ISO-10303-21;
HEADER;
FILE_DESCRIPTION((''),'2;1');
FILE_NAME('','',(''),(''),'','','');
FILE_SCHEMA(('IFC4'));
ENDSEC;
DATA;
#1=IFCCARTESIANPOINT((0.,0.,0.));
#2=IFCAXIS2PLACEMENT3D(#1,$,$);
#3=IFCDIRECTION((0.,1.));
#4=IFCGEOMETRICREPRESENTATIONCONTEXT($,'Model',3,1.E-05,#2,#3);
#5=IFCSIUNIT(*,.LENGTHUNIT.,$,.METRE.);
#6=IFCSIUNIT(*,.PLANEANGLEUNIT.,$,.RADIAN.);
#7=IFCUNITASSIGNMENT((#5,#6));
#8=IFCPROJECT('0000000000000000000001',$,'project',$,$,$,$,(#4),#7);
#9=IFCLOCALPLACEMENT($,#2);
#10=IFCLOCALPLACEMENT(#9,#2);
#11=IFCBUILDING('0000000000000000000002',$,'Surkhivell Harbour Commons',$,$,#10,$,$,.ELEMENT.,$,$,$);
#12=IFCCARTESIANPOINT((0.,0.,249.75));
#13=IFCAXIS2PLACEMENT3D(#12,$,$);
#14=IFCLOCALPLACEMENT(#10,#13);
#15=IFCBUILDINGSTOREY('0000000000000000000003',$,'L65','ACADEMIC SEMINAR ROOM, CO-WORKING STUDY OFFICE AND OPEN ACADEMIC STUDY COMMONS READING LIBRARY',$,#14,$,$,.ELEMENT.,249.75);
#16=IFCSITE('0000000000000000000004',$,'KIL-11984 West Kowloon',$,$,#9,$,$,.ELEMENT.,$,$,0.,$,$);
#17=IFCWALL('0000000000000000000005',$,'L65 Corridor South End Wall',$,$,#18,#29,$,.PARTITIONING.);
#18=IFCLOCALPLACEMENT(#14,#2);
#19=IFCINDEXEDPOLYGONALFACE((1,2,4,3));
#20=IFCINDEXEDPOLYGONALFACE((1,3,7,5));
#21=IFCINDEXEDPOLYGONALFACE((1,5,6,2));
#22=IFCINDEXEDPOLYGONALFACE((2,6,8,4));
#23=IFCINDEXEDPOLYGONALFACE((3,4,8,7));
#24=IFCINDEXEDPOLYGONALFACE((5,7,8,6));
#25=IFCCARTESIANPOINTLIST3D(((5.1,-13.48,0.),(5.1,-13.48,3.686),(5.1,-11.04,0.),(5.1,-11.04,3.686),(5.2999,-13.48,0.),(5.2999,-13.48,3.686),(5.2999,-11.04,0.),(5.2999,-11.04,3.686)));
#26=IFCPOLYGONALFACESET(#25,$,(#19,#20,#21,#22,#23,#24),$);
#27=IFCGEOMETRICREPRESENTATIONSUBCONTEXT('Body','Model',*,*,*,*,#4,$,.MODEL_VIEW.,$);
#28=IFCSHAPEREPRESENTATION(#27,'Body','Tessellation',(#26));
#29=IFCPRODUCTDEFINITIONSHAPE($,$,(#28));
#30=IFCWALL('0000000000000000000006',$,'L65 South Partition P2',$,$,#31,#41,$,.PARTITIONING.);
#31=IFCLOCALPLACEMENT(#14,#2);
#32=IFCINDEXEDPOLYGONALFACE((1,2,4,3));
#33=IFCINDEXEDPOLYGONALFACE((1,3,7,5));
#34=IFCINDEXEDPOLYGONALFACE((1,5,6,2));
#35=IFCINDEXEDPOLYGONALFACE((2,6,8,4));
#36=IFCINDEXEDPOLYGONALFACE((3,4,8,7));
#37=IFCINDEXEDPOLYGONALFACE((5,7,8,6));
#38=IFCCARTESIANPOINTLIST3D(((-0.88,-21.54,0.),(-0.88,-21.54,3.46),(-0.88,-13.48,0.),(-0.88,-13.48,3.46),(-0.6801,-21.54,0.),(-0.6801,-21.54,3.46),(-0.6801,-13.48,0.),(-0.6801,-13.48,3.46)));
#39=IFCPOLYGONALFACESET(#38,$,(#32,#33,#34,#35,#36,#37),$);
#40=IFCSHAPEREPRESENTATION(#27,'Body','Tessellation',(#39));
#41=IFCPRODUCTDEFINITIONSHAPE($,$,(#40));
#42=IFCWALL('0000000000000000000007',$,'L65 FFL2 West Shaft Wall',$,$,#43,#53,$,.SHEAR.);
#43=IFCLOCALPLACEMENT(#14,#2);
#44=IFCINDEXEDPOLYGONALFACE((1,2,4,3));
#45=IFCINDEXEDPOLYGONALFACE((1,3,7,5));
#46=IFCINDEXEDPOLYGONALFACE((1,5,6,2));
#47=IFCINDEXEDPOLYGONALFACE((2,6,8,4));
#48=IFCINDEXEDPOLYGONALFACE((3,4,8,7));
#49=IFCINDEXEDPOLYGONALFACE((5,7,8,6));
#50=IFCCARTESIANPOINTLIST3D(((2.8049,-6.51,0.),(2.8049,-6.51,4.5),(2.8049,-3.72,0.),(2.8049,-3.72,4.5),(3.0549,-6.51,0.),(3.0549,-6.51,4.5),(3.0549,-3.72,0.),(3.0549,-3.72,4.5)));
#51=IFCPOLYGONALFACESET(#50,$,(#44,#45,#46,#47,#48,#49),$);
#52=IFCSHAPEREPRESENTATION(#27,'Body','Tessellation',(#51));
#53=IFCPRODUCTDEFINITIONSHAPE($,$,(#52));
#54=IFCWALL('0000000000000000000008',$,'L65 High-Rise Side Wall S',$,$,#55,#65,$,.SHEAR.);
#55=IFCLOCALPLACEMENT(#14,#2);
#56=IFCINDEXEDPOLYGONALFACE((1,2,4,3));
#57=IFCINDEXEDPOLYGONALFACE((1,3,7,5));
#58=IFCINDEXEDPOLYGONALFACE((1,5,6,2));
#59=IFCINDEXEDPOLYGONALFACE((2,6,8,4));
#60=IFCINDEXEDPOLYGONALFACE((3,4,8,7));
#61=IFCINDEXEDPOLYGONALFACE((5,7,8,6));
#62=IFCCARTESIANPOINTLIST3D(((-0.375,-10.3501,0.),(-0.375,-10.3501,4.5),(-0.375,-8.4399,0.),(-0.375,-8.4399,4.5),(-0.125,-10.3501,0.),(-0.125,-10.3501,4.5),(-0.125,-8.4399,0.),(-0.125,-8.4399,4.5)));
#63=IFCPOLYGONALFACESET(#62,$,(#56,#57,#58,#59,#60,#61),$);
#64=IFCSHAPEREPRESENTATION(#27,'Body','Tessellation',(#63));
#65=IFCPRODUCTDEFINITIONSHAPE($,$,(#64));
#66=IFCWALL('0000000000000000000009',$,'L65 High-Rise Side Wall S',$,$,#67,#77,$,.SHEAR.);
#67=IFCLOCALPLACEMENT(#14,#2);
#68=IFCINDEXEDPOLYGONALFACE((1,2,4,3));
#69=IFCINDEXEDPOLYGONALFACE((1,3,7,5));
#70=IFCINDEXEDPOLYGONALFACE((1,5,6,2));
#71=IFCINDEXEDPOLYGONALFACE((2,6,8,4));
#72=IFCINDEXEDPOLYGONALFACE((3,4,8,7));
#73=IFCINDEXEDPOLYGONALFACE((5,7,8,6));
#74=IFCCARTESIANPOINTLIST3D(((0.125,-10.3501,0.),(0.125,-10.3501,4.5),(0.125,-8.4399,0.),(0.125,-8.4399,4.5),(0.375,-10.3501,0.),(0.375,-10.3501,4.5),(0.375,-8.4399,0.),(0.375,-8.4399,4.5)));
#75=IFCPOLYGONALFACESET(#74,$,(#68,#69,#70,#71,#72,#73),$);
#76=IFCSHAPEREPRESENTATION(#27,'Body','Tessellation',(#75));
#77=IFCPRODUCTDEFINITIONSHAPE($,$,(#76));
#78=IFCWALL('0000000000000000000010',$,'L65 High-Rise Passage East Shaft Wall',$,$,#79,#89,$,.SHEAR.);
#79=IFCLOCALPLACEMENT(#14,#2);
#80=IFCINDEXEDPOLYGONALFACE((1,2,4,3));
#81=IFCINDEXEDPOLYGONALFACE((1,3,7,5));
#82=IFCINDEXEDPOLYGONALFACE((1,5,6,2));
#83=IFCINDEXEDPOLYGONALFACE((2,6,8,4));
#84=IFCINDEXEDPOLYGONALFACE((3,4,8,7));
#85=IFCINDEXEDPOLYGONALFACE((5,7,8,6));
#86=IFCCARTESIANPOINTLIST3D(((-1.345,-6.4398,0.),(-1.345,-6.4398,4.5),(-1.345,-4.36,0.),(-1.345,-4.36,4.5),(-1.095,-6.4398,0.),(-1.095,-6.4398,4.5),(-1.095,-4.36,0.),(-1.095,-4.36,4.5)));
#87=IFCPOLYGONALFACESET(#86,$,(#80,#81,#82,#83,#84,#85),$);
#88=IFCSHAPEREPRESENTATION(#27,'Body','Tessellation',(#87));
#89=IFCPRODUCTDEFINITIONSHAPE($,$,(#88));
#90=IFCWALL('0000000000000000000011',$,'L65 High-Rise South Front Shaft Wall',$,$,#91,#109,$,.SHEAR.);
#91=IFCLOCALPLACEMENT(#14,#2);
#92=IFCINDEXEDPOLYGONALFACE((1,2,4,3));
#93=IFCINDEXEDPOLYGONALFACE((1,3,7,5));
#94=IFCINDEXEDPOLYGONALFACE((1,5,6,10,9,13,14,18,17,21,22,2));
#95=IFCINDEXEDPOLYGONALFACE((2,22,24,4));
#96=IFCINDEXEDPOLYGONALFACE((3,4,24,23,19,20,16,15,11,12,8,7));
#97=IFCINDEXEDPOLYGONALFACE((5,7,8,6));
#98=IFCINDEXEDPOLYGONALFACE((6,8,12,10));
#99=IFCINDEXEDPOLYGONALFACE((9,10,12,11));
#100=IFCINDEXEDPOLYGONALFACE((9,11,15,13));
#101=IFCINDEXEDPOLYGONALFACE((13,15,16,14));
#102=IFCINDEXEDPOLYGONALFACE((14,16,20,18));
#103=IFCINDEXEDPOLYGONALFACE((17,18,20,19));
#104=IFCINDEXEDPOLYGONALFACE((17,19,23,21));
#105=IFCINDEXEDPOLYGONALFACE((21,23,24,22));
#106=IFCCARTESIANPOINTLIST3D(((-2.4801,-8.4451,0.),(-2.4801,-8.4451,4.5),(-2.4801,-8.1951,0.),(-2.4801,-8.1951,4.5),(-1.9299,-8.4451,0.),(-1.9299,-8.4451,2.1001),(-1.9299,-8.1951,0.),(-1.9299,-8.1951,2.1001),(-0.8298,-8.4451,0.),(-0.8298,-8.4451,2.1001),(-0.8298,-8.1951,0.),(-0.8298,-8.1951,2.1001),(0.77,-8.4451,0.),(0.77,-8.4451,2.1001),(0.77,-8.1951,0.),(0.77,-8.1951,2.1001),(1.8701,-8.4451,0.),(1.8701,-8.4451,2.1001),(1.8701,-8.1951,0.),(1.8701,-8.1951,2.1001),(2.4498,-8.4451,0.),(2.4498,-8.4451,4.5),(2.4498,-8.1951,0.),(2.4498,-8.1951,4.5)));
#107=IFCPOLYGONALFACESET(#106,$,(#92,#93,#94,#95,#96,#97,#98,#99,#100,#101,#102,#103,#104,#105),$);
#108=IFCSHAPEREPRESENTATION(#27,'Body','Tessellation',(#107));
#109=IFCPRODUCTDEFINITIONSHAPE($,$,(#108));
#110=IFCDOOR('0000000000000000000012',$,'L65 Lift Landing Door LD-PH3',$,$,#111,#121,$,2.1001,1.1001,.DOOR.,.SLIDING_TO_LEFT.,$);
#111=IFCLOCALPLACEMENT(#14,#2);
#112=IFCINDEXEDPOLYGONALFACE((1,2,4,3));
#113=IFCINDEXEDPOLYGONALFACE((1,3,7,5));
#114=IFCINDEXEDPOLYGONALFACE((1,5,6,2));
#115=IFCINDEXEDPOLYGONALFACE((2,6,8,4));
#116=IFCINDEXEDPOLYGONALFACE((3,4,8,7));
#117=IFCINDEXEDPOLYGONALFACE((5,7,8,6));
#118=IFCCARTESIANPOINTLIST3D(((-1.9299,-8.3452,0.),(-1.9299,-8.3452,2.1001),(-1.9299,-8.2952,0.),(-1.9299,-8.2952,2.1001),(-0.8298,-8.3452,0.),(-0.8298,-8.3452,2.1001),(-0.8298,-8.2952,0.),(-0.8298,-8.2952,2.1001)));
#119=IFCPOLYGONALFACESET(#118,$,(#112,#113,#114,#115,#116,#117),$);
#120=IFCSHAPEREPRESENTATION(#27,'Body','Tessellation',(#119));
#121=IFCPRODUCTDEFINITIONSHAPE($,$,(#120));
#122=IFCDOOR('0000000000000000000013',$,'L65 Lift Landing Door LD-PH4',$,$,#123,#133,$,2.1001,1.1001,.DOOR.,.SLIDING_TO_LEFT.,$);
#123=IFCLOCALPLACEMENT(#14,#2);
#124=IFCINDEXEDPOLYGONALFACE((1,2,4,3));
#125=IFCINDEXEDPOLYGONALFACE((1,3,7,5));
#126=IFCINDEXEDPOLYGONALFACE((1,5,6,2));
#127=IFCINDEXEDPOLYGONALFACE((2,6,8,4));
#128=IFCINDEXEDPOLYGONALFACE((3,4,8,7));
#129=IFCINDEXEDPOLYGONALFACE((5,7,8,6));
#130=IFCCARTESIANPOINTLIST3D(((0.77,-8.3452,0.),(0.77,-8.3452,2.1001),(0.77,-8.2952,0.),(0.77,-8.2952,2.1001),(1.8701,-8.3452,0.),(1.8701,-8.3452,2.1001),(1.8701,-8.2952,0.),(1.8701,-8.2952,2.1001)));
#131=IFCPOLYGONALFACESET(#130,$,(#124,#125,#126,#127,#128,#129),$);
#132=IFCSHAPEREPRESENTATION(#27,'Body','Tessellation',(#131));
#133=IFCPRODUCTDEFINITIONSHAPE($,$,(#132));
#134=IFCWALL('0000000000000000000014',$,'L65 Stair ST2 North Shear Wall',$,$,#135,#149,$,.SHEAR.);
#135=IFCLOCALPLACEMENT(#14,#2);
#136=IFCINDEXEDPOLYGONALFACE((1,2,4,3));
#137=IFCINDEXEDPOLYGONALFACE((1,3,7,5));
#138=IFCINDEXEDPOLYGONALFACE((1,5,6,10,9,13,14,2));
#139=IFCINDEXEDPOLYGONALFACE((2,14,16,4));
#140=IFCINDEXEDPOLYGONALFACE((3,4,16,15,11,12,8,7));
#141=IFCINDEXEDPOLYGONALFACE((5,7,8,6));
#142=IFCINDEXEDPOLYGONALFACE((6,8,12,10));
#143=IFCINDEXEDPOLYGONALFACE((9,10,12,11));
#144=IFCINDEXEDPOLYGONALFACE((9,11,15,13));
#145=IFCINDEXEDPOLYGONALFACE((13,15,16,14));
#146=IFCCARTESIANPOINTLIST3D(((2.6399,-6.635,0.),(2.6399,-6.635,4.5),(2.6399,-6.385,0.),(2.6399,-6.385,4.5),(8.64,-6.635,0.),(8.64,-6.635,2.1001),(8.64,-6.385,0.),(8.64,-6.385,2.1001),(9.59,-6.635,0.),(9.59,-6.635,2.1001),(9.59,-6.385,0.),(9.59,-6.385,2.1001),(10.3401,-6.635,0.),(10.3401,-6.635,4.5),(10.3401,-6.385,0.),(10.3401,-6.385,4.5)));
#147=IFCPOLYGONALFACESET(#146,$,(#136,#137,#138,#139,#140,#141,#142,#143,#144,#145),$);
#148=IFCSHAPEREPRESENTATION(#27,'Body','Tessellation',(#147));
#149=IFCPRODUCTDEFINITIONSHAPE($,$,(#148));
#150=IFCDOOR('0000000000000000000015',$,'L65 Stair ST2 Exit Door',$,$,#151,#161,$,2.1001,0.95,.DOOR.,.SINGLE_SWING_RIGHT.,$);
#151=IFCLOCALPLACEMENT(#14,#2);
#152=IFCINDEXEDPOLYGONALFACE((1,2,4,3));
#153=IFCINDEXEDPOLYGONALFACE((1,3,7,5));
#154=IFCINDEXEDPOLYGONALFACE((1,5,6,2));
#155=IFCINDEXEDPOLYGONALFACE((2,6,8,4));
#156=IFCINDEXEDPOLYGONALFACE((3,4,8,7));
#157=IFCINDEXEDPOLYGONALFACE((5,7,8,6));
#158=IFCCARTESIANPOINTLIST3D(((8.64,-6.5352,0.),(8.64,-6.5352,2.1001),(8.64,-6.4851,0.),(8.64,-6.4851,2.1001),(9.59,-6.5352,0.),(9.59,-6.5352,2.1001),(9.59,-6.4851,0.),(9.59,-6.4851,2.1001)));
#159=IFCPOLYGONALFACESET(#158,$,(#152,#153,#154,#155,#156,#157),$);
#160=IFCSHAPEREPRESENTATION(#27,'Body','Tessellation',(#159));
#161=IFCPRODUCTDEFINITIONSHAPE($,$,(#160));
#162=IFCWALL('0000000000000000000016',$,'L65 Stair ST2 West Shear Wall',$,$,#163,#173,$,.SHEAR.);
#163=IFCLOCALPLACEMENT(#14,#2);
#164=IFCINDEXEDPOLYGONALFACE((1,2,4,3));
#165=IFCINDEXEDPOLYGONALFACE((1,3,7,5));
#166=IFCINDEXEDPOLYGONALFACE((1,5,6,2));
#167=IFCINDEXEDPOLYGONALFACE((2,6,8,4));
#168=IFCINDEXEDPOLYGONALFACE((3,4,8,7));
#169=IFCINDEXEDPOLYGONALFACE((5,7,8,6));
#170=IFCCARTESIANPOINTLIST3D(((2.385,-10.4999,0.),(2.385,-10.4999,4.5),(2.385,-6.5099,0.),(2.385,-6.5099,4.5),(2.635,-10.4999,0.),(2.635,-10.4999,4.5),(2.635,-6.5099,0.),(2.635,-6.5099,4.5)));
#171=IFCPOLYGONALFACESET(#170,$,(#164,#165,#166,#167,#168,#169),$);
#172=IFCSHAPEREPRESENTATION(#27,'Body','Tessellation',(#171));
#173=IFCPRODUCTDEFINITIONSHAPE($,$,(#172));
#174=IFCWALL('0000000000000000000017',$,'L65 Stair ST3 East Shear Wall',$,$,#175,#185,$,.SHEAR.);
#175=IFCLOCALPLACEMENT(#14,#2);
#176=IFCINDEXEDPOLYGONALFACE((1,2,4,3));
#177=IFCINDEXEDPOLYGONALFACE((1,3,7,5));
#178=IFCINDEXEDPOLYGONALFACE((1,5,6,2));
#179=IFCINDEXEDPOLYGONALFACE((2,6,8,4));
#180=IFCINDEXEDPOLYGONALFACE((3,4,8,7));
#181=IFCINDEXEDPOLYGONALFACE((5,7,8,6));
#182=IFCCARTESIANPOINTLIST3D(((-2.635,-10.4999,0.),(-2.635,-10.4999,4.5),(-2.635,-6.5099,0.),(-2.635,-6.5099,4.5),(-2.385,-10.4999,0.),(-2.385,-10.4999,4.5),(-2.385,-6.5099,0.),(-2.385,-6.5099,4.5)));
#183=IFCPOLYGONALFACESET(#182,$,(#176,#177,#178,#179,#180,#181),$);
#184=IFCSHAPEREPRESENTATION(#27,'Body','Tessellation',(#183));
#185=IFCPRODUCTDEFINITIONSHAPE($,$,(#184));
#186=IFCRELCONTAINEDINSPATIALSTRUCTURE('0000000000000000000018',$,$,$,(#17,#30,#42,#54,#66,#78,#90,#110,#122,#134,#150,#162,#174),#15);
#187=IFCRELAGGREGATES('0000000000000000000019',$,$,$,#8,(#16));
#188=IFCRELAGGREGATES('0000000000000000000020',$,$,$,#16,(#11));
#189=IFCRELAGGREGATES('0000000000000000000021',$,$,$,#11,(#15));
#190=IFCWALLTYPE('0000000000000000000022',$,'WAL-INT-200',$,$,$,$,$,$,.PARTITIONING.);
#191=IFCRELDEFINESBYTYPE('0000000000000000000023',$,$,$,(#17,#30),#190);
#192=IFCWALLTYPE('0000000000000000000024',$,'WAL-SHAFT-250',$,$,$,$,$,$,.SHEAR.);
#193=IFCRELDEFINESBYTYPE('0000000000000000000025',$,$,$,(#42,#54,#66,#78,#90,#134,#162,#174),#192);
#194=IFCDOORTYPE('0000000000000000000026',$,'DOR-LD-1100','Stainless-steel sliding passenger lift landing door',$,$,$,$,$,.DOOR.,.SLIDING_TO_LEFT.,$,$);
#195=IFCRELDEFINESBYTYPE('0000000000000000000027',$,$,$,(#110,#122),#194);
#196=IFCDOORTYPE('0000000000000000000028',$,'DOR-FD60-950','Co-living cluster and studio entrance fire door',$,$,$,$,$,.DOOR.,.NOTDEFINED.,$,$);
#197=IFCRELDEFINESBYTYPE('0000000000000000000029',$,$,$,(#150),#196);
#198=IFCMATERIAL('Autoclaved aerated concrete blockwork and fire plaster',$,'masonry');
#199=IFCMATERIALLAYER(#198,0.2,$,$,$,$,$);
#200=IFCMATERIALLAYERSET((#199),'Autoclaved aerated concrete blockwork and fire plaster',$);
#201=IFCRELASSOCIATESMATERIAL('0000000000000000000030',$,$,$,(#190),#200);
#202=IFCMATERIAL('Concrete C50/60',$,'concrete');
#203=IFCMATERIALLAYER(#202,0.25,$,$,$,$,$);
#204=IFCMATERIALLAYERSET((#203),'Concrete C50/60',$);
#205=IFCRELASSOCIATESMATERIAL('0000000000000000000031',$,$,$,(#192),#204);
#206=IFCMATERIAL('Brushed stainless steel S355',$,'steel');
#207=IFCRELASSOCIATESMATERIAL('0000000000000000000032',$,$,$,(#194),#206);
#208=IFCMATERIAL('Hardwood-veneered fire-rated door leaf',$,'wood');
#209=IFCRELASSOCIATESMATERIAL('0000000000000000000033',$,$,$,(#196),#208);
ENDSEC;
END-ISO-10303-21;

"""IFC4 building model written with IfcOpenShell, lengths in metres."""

from ifc_helpers import new_model, si_unit, direction, frame, frame_2d, origin, place, context, subcontext, project, spatial, rectangle, extrude, material, layer, layer_set, type_object, element, fill, save


model = new_model("IFC4")

# Units and contexts
model_context = context("Model", 3, precision=1e-05, world=origin(), true_north=direction((0.0, 1.0)))
body_context = subcontext(model_context, "Body", "Model", "MODEL_VIEW")
ifc_project = project(units=[si_unit("LENGTHUNIT", "METRE"), si_unit("PLANEANGLEUNIT", "RADIAN")], contexts=[model_context])

# Site, building, storey
site_placement = place(None, origin())
site = spatial("IfcSite", under=ifc_project, at=site_placement, Name="KIL-11984 West Kowloon", CompositionType="ELEMENT", RefElevation=0.0)
building_placement = place(site_placement, origin())
building = spatial("IfcBuilding", under=site, at=building_placement, Name="Surkhivell Harbour Commons", CompositionType="ELEMENT")
storey_placement = place(building_placement, frame((0.0, 0.0, 249.75)))
storey = spatial("IfcBuildingStorey", under=building, at=storey_placement, Name="L65", Description="ACADEMIC SEMINAR ROOM, CO-WORKING STUDY OFFICE AND OPEN ACADEMIC STUDY COMMONS READING LIBRARY", CompositionType="ELEMENT", Elevation=249.75)

# Shared definitions
ifc_material_1 = material(Name="Concrete C50/60", Category="concrete")

# Walls
ifc_material_2 = material(Name="Autoclaved aerated concrete blockwork and fire plaster", Category="masonry")
ifc_layer_1 = layer(ifc_material_2, 0.2)
ifc_layer_set_1 = layer_set([ifc_layer_1], Name="Autoclaved aerated concrete blockwork and fire plaster")
wall_type_1 = type_object("IfcWallType", Name="WAL-INT-200", PredefinedType="PARTITIONING", material=ifc_layer_set_1)
wall_1_placement = place(storey_placement, frame((5.2, -13.48, 0.0), z_axis=(0.0, 0.0, 1.0), x_axis=(0.0, 1.0, 0.0)))
element("IfcWall", 1, at=wall_1_placement, inside=storey, type_object=wall_type_1, Name="L65 Corridor South End Wall", PredefinedType="PARTITIONING", context=body_context, shape_type="SweptSolid", body=[
    extrude(rectangle(XDim=2.4399, YDim=0.2, at=frame_2d((1.22, 0.0))), origin(), (0.0, 0.0, 1.0), 3.686),
])
wall_2_placement = place(storey_placement, frame((-0.78, -21.54, 0.0), z_axis=(0.0, 0.0, 1.0), x_axis=(0.0, 1.0, 0.0)))
element("IfcWall", 2, at=wall_2_placement, inside=storey, type_object=wall_type_1, Name="L65 South Partition P2", PredefinedType="PARTITIONING", context=body_context, shape_type="SweptSolid", body=[
    extrude(rectangle(XDim=8.0601, YDim=0.2, at=frame_2d((4.03, 0.0))), origin(), (0.0, 0.0, 1.0), 3.46),
])
ifc_layer_2 = layer(ifc_material_1, 0.25)
ifc_layer_set_2 = layer_set([ifc_layer_2], Name="Concrete C50/60")
wall_type_2 = type_object("IfcWallType", Name="WAL-SHAFT-250", PredefinedType="SHEAR", material=ifc_layer_set_2)
wall_3_placement = place(storey_placement, frame((2.9299, -6.51, 0.0), z_axis=(0.0, 0.0, 1.0), x_axis=(0.0, 1.0, 0.0)))
element("IfcWall", 3, at=wall_3_placement, inside=storey, type_object=wall_type_2, Name="L65 FFL2 West Shaft Wall", PredefinedType="SHEAR", context=body_context, shape_type="SweptSolid", body=[
    extrude(rectangle(XDim=2.79, YDim=0.25, at=frame_2d((1.395, 0.0))), origin(), (0.0, 0.0, 1.0), 4.5),
])
for number, where, z_axis, x_axis, name in (
    (4, (-0.25, -10.3501, 0.0), (0.0, 0.0, 1.0), (0.0, 1.0, 0.0), "L65 High-Rise Side Wall S"),
    (5, (0.25, -10.3501, 0.0), (0.0, 0.0, 1.0), (0.0, 1.0, 0.0), "L65 High-Rise Side Wall S"),
):
    element("IfcWall", number, at=place(storey_placement, frame(where, z_axis=z_axis, x_axis=x_axis)), inside=storey, type_object=wall_type_2, Name=name, PredefinedType="SHEAR", context=body_context, shape_type="SweptSolid", body=[
        extrude(rectangle(XDim=1.9102, YDim=0.25, at=frame_2d((0.9551, 0.0))), origin(), (0.0, 0.0, 1.0), 4.5),
    ])
wall_4_placement = place(storey_placement, frame((-1.22, -6.4399, 0.0), z_axis=(0.0, 0.0, 1.0), x_axis=(0.0, 1.0, 0.0)))
element("IfcWall", 6, at=wall_4_placement, inside=storey, type_object=wall_type_2, Name="L65 High-Rise Passage East Shaft Wall", PredefinedType="SHEAR", context=body_context, shape_type="SweptSolid", body=[
    extrude(rectangle(XDim=2.0798, YDim=0.25, at=frame_2d((1.04, 0.0))), origin(), (0.0, 0.0, 1.0), 4.5),
])

# Wall, openings, doors
wall_5_placement = place(storey_placement, frame((-2.48, -8.3201, 0.0), z_axis=(0.0, 0.0, 1.0), x_axis=(1.0, 0.0, 0.0)))
wall_5 = element("IfcWall", 7, at=wall_5_placement, inside=storey, type_object=wall_type_2, Name="L65 High-Rise South Front Shaft Wall", PredefinedType="SHEAR", context=body_context, shape_type="SweptSolid", body=[
    extrude(rectangle(XDim=4.9299, YDim=0.25, at=frame_2d((2.4648, 0.0))), origin(), (0.0, 0.0, 1.0), 4.5),
])
opening_1_placement = place(wall_5_placement, frame((0.55, 0.0, 0.0)))
opening_1 = element("IfcOpeningElement", 8, at=opening_1_placement, cuts=wall_5, PredefinedType="OPENING", context=body_context, shape_type="SweptSolid", body=[
    extrude(rectangle(XDim=1.1001, YDim=2.1001, at=frame_2d((0.55, 1.05))), frame((0.0, 0.135, 0.0), z_axis=(0.0, -1.0, 0.0), x_axis=(1.0, 0.0, 0.0)), (0.0, 0.0, 1.0), 0.27),
])
opening_2_placement = place(wall_5_placement, frame((3.25, 0.0, 0.0)))
opening_2 = element("IfcOpeningElement", 9, at=opening_2_placement, cuts=wall_5, PredefinedType="OPENING", context=body_context, shape_type="SweptSolid", body=[
    extrude(rectangle(XDim=1.1001, YDim=2.1001, at=frame_2d((0.55, 1.05))), frame((0.0, 0.135, 0.0), z_axis=(0.0, -1.0, 0.0), x_axis=(1.0, 0.0, 0.0)), (0.0, 0.0, 1.0), 0.27),
])
ifc_material_3 = material(Name="Brushed stainless steel S355", Category="steel")
door_type_1 = type_object("IfcDoorType", Name="DOR-LD-1100", Description="Stainless-steel sliding passenger lift landing door", OperationType="SLIDING_TO_LEFT", PredefinedType="DOOR", material=ifc_material_3)
door_1_placement = place(opening_1_placement, origin())
door_1 = element("IfcDoor", 10, at=door_1_placement, inside=storey, type_object=door_type_1, Name="L65 Lift Landing Door LD-PH3", OperationType="SLIDING_TO_LEFT", OverallHeight=2.1001, OverallWidth=1.1001, PredefinedType="DOOR", context=body_context, shape_type="SweptSolid", body=[
    extrude(rectangle(XDim=1.1001, YDim=2.1001, at=frame_2d((0.55, 1.05))), frame((0.0, 0.0249, 0.0), z_axis=(0.0, -1.0, 0.0), x_axis=(1.0, 0.0, 0.0)), (0.0, 0.0, 1.0), 0.05),
])
fill(opening_1, door_1)
door_2_placement = place(opening_2_placement, origin())
door_2 = element("IfcDoor", 11, at=door_2_placement, inside=storey, type_object=door_type_1, Name="L65 Lift Landing Door LD-PH4", OperationType="SLIDING_TO_LEFT", OverallHeight=2.1001, OverallWidth=1.1001, PredefinedType="DOOR", context=body_context, shape_type="SweptSolid", body=[
    extrude(rectangle(XDim=1.1001, YDim=2.1001, at=frame_2d((0.55, 1.05))), frame((0.0, 0.0249, 0.0), z_axis=(0.0, -1.0, 0.0), x_axis=(1.0, 0.0, 0.0)), (0.0, 0.0, 1.0), 0.05),
])
fill(opening_2, door_2)

# Wall, opening, door
wall_6_placement = place(storey_placement, frame((2.6399, -6.51, 0.0), z_axis=(0.0, 0.0, 1.0), x_axis=(1.0, 0.0, 0.0)))
wall_6 = element("IfcWall", 12, at=wall_6_placement, inside=storey, type_object=wall_type_2, Name="L65 Stair ST2 North Shear Wall", PredefinedType="SHEAR", context=body_context, shape_type="SweptSolid", body=[
    extrude(rectangle(XDim=7.7002, YDim=0.25, at=frame_2d((3.8501, 0.0))), origin(), (0.0, 0.0, 1.0), 4.5),
])
opening_3_placement = place(wall_6_placement, frame((6.0, 0.0, 0.0)))
opening_3 = element("IfcOpeningElement", 13, at=opening_3_placement, cuts=wall_6, PredefinedType="OPENING", context=body_context, shape_type="SweptSolid", body=[
    extrude(rectangle(XDim=0.95, YDim=2.1001, at=frame_2d((0.4751, 1.05))), frame((0.0, 0.135, 0.0), z_axis=(0.0, -1.0, 0.0), x_axis=(1.0, 0.0, 0.0)), (0.0, 0.0, 1.0), 0.27),
])
ifc_material_4 = material(Name="Hardwood-veneered fire-rated door leaf", Category="wood")
door_type_2 = type_object("IfcDoorType", Name="DOR-FD60-950", Description="Co-living cluster and studio entrance fire door", OperationType="NOTDEFINED", PredefinedType="DOOR", material=ifc_material_4)
door_3_placement = place(opening_3_placement, origin())
door_3 = element("IfcDoor", 14, at=door_3_placement, inside=storey, type_object=door_type_2, Name="L65 Stair ST2 Exit Door", OperationType="SINGLE_SWING_RIGHT", OverallHeight=2.1001, OverallWidth=0.95, PredefinedType="DOOR", context=body_context, shape_type="SweptSolid", body=[
    extrude(rectangle(XDim=0.95, YDim=2.1001, at=frame_2d((0.4751, 1.05))), frame((0.0, 0.0249, 0.0), z_axis=(0.0, -1.0, 0.0), x_axis=(1.0, 0.0, 0.0)), (0.0, 0.0, 1.0), 0.05),
])
fill(opening_3, door_3)

# Walls
for number, where, z_axis, x_axis, name in (
    (15, (2.51, -10.5, 0.0), (0.0, 0.0, 1.0), (0.0, 1.0, 0.0), "L65 Stair ST2 West Shear Wall"),
    (16, (-2.51, -10.5, 0.0), (0.0, 0.0, 1.0), (0.0, 1.0, 0.0), "L65 Stair ST3 East Shear Wall"),
):
    element("IfcWall", number, at=place(storey_placement, frame(where, z_axis=z_axis, x_axis=x_axis)), inside=storey, type_object=wall_type_2, Name=name, PredefinedType="SHEAR", context=body_context, shape_type="SweptSolid", body=[
        extrude(rectangle(XDim=3.99, YDim=0.25, at=frame_2d((1.9951, 0.0))), origin(), (0.0, 0.0, 1.0), 4.5),
    ])

save(model, "model.ifc")
